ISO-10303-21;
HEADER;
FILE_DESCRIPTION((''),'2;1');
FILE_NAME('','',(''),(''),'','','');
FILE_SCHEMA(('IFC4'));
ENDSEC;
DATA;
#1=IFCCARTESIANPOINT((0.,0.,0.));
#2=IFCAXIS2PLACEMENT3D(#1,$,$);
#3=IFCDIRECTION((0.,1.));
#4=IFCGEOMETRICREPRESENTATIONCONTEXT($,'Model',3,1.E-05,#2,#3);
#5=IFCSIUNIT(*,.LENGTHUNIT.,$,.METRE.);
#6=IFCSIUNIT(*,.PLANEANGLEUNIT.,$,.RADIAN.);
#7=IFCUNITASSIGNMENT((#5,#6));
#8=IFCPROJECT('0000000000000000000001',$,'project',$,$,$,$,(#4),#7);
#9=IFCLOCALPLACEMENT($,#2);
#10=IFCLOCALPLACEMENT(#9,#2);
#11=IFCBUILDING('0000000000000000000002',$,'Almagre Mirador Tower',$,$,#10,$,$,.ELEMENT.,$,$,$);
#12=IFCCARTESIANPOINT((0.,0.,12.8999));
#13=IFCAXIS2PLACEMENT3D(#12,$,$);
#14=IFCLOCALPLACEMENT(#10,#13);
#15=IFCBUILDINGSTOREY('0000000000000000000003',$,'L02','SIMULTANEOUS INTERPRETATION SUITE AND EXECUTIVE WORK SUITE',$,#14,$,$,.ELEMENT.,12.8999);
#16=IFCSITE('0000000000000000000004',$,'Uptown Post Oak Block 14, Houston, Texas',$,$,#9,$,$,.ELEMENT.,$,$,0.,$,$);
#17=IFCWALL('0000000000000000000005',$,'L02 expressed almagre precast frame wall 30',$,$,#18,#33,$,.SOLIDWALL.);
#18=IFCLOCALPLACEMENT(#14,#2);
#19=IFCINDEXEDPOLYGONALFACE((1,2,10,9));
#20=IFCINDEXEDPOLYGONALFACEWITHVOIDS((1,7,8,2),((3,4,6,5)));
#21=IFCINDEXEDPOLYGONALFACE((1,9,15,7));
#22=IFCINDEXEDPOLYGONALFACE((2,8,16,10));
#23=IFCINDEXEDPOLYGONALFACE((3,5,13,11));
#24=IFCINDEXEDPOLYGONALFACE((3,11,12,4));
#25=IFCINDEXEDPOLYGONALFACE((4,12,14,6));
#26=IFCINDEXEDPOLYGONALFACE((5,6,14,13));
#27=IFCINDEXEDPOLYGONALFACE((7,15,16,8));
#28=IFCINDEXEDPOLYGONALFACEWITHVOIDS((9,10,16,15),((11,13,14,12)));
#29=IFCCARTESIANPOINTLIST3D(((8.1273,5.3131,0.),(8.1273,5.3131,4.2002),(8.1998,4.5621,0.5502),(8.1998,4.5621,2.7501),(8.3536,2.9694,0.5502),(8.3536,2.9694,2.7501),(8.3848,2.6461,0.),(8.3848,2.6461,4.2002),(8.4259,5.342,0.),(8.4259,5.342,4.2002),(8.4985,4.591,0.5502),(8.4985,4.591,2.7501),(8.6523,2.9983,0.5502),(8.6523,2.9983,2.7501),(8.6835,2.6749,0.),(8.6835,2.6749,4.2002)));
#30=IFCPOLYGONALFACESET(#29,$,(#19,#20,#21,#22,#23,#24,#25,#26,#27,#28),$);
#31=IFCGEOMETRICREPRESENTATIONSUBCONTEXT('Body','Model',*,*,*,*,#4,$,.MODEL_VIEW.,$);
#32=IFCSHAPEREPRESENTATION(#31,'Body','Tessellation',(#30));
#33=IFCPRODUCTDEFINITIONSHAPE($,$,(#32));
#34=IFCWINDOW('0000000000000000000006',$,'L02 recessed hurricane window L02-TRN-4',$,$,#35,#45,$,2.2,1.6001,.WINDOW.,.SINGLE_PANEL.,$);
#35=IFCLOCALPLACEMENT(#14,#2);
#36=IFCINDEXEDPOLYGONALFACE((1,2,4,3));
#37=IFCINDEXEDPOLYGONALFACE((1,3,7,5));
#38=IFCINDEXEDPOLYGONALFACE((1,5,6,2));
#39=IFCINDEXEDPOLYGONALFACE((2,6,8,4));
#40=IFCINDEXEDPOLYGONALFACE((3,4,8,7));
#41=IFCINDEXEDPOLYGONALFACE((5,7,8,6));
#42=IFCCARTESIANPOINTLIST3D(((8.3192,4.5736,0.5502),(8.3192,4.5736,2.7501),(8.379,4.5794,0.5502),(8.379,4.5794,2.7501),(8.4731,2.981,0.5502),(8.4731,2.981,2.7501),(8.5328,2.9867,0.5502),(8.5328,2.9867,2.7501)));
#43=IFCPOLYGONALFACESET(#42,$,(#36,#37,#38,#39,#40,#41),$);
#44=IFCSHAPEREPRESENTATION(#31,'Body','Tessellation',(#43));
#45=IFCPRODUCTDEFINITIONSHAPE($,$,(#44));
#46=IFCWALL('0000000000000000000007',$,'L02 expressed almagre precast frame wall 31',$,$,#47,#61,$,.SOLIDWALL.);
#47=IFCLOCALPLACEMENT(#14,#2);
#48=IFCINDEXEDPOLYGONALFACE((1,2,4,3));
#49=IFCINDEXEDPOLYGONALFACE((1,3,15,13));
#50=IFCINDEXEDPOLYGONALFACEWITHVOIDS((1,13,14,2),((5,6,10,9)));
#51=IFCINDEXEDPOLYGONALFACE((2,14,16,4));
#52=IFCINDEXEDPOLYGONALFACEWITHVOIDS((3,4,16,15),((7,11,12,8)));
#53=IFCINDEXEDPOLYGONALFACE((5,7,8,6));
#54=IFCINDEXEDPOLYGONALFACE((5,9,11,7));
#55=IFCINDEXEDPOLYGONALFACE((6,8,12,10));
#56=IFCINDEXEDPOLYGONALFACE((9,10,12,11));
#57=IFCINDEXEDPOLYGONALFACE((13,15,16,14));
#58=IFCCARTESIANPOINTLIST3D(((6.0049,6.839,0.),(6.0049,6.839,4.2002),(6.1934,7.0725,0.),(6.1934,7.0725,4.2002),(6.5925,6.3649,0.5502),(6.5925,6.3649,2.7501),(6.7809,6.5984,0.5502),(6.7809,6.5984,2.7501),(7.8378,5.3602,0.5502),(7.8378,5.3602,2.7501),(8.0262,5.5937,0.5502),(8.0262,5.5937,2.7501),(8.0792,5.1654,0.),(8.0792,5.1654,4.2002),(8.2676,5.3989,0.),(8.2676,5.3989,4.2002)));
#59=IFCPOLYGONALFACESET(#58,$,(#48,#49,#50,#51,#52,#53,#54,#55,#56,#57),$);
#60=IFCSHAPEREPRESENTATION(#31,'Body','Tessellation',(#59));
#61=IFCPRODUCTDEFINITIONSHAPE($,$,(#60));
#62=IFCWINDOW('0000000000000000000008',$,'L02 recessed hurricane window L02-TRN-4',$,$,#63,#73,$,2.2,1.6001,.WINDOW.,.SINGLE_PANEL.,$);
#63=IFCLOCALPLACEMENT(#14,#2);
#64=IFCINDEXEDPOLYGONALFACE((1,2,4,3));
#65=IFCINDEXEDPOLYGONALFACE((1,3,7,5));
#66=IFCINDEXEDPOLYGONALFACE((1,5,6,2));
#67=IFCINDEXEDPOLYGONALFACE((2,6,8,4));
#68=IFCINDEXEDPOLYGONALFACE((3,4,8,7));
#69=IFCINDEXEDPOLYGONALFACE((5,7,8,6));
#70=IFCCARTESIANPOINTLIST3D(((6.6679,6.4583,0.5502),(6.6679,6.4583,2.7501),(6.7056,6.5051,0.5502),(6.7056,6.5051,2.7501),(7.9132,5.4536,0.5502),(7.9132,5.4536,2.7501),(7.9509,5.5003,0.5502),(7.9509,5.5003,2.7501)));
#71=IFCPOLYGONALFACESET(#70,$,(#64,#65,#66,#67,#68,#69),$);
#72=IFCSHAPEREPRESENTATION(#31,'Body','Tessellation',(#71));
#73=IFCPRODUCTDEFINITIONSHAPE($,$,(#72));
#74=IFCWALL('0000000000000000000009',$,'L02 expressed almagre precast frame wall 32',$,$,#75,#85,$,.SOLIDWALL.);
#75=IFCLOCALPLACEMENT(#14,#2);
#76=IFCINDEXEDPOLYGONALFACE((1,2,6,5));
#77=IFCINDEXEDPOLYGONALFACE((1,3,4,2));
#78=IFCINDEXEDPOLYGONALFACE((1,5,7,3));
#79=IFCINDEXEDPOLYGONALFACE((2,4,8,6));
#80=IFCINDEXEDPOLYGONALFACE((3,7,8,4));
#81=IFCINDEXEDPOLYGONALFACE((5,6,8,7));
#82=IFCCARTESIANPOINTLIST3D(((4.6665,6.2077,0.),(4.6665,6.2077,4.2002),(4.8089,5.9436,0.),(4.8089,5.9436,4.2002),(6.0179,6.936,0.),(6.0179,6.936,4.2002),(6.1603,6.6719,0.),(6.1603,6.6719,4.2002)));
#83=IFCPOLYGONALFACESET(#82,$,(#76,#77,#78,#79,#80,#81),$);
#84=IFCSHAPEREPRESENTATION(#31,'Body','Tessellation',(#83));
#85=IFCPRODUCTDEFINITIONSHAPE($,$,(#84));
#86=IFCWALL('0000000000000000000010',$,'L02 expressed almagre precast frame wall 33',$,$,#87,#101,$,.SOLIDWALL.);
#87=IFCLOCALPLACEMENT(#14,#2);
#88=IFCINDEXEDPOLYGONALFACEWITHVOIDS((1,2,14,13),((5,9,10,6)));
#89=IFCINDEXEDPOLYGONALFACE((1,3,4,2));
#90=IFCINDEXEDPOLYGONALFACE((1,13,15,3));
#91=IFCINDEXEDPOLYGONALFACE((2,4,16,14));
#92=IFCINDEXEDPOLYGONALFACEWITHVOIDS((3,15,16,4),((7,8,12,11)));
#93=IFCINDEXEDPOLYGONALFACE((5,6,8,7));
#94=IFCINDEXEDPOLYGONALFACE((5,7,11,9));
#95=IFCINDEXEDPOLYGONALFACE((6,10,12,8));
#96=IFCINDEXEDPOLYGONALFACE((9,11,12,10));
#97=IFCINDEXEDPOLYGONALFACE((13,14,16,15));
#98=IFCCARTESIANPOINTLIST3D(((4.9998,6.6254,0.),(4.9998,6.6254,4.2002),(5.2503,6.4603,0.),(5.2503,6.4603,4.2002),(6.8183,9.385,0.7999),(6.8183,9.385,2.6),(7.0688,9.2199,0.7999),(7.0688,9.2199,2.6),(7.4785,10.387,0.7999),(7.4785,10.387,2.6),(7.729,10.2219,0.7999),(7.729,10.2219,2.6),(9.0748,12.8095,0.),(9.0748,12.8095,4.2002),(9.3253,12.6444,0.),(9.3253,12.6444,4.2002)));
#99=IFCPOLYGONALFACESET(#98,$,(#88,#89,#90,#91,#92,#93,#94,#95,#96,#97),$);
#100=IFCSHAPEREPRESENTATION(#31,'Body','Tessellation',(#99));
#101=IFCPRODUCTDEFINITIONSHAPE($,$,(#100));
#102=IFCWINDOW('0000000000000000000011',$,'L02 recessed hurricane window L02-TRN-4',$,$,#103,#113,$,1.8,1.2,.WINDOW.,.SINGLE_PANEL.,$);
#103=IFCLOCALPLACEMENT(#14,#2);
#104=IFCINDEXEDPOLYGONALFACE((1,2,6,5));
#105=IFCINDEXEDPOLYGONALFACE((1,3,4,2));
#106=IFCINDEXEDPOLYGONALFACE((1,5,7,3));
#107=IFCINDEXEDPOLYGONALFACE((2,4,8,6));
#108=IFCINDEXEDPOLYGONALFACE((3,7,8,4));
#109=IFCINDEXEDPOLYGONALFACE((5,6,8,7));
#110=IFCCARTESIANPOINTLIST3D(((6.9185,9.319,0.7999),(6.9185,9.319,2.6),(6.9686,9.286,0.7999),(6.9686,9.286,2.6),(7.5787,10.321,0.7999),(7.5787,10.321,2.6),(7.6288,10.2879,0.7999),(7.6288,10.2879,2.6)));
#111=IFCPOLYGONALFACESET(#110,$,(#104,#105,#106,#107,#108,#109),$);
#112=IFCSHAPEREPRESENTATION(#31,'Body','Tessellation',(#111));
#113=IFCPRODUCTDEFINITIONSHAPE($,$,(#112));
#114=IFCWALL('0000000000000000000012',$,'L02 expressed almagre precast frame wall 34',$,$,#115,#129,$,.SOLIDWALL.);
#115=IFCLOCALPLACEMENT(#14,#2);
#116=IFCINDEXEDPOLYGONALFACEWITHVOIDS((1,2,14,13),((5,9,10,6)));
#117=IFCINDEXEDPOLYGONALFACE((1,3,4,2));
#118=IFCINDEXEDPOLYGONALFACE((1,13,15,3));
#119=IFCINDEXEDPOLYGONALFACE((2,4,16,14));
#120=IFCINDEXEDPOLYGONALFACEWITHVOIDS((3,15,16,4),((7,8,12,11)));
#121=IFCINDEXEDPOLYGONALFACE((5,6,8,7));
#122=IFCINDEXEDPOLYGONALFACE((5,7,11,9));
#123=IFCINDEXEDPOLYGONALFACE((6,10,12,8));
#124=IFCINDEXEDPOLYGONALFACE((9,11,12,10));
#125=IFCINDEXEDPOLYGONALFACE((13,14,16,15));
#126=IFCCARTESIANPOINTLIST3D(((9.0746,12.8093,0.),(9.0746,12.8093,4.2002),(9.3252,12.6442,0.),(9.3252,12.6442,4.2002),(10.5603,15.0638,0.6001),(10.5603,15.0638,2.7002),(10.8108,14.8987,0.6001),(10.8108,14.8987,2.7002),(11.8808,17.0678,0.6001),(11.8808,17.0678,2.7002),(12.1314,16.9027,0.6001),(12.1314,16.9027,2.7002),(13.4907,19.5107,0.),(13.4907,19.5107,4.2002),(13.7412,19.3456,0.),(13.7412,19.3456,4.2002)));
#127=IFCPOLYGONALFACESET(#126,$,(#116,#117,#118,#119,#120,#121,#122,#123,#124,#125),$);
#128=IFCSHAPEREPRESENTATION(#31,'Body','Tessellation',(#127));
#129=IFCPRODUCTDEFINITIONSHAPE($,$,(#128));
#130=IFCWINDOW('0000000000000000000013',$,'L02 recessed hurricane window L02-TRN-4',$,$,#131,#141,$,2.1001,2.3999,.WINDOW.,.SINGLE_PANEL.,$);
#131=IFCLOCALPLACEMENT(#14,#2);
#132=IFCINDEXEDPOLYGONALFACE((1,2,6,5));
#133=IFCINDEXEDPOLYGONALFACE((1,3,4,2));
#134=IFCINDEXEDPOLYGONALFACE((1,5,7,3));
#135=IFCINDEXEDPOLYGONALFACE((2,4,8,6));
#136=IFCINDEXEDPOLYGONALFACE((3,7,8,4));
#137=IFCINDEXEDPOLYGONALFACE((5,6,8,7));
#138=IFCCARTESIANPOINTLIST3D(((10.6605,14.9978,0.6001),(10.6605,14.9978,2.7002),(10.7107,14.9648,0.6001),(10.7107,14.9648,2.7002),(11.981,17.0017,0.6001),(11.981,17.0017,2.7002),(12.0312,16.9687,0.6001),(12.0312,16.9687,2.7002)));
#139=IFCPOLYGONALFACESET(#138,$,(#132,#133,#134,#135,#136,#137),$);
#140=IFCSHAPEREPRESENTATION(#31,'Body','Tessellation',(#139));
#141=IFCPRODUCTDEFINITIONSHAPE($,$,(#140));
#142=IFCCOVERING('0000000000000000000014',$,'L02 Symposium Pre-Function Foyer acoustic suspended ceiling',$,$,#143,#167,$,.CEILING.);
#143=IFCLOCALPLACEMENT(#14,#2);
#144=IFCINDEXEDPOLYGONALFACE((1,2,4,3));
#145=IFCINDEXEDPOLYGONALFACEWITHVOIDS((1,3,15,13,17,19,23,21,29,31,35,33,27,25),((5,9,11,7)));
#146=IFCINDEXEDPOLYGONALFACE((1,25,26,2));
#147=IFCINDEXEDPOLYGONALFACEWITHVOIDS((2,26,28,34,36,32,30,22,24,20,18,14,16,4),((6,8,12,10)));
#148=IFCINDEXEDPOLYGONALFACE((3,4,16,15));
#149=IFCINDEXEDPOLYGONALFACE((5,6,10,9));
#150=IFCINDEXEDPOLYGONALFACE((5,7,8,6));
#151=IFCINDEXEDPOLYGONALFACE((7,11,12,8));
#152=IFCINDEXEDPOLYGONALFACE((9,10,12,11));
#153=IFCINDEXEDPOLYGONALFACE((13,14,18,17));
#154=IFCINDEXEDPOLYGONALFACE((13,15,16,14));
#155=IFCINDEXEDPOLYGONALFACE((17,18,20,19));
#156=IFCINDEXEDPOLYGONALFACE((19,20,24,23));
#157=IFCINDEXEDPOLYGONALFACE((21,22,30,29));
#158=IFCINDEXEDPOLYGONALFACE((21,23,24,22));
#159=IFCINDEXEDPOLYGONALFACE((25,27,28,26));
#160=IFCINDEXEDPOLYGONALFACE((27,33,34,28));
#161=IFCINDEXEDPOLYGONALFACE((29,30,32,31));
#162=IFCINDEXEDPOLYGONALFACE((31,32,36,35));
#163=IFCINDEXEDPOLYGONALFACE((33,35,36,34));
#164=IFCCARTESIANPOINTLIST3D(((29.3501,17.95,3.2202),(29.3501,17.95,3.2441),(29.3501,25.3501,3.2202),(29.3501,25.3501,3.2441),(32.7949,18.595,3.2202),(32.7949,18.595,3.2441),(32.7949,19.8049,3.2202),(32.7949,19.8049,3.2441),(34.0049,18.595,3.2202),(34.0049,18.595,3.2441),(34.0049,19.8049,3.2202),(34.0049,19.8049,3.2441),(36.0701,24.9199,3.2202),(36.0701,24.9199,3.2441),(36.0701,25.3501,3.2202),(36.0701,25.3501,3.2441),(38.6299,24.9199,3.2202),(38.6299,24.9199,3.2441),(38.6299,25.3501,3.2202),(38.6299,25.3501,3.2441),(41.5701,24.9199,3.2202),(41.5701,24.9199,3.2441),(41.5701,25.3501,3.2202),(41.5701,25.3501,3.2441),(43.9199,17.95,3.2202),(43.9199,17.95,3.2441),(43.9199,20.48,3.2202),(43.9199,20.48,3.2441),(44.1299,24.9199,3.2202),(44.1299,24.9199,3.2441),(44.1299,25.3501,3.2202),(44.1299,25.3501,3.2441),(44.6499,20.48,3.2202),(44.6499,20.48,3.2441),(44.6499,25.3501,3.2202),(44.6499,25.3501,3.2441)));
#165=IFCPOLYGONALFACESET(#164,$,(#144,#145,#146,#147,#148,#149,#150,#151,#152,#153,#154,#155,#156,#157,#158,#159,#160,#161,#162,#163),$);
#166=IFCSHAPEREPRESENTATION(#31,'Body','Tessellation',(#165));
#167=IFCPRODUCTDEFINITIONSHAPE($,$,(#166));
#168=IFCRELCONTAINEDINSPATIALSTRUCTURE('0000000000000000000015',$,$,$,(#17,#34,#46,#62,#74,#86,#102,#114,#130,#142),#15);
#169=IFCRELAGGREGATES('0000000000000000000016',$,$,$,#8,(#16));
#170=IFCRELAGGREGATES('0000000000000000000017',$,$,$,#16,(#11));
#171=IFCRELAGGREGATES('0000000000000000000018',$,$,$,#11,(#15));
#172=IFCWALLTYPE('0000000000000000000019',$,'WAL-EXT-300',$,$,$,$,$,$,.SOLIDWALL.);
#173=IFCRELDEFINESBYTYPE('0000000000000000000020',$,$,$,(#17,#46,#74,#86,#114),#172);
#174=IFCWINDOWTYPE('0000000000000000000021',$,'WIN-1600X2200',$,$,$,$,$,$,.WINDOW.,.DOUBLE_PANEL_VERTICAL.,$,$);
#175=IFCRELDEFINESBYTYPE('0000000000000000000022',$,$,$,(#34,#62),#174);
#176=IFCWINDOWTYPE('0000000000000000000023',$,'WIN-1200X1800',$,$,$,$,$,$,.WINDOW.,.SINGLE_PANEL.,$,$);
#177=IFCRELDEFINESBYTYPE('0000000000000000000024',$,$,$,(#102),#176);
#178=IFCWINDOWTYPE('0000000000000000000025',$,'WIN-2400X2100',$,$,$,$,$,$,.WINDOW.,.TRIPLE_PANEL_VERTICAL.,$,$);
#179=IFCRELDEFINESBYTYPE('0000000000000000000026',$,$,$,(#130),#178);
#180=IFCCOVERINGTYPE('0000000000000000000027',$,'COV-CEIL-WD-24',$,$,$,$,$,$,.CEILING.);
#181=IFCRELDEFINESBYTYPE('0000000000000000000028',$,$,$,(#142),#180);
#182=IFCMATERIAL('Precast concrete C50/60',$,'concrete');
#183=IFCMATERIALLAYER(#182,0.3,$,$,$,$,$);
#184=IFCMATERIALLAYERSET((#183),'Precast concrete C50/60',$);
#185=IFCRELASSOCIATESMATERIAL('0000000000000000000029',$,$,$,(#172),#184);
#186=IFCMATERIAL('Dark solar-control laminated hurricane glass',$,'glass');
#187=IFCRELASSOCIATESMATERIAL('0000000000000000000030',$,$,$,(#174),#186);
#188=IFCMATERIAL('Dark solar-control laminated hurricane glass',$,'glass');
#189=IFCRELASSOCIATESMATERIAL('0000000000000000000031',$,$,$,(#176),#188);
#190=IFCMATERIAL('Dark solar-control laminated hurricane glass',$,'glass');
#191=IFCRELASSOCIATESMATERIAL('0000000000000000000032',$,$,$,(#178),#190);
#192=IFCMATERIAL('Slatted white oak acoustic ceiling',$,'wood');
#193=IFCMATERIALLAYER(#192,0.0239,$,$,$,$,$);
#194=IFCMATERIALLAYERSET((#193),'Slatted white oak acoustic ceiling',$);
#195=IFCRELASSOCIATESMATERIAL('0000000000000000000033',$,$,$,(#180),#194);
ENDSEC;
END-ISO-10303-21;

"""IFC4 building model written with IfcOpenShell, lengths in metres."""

from ifc_helpers import new_model, si_unit, direction, frame, frame_2d, origin, place, context, subcontext, project, spatial, polyline, rectangle, outline, extrude, material, layer, layer_set, type_object, element, fill, save


model = new_model("IFC4")

# Units and contexts
model_context = context("Model", 3, precision=1e-05, world=origin(), true_north=direction((0.0, 1.0)))
body_context = subcontext(model_context, "Body", "Model", "MODEL_VIEW")
ifc_project = project(units=[si_unit("LENGTHUNIT", "METRE"), si_unit("PLANEANGLEUNIT", "RADIAN")], contexts=[model_context])

# Site, building, storey
site_placement = place(None, origin())
site = spatial("IfcSite", under=ifc_project, at=site_placement, Name="Uptown Post Oak Block 14, Houston, Texas", CompositionType="ELEMENT", RefElevation=0.0)
building_placement = place(site_placement, origin())
building = spatial("IfcBuilding", under=site, at=building_placement, Name="Almagre Mirador Tower", CompositionType="ELEMENT")
storey_placement = place(building_placement, frame((0.0, 0.0, 12.8999)))
storey = spatial("IfcBuildingStorey", under=building, at=storey_placement, Name="L02", Description="SIMULTANEOUS INTERPRETATION SUITE AND EXECUTIVE WORK SUITE", CompositionType="ELEMENT", Elevation=12.8999)

# Shared definitions
ifc_material_1 = material(Name="Precast concrete C50/60", Category="concrete")
ifc_layer_1 = layer(ifc_material_1, 0.3)
ifc_layer_set_1 = layer_set([ifc_layer_1], Name="Precast concrete C50/60")
wall_type = type_object("IfcWallType", Name="WAL-EXT-300", PredefinedType="SOLIDWALL", material=ifc_layer_set_1)

# Walls, openings, windows
wall_1_placement = place(storey_placement, frame((8.5342, 2.6604, 0.0), z_axis=(0.0, 0.0, 1.0), x_axis=(-0.096129, 0.995369, 0.0)))
wall_1 = element("IfcWall", 1, at=wall_1_placement, inside=storey, type_object=wall_type, Name="L02 expressed almagre precast frame wall 30", PredefinedType="SOLIDWALL", context=body_context, shape_type="SweptSolid", body=[
    extrude(rectangle(XDim=2.6794, YDim=0.3, at=frame_2d((1.3398, 0.0))), origin(), (0.0, 0.0, 1.0), 4.2002),
])
opening_1_placement = place(wall_1_placement, frame((0.325, 0.0, 0.55)))
opening_1 = element("IfcOpeningElement", 2, at=opening_1_placement, cuts=wall_1, PredefinedType="OPENING", context=body_context, shape_type="SweptSolid", body=[
    extrude(rectangle(XDim=1.6001, YDim=2.2, at=frame_2d((0.8, 1.1001))), frame((0.0, 0.1599, 0.0), z_axis=(0.0, -1.0, 0.0), x_axis=(1.0, 0.0, 0.0)), (0.0, 0.0, 1.0), 0.32),
])
ifc_material_2 = material(Name="Dark solar-control laminated hurricane glass", Category="glass")
window_type_1 = type_object("IfcWindowType", Name="WIN-1600X2200", PartitioningType="DOUBLE_PANEL_VERTICAL", PredefinedType="WINDOW", material=ifc_material_2)
window_1_placement = place(opening_1_placement, origin())
window_1 = element("IfcWindow", 3, at=window_1_placement, inside=storey, type_object=window_type_1, Name="L02 recessed hurricane window L02-TRN-4", OverallHeight=2.2, OverallWidth=1.6001, PartitioningType="SINGLE_PANEL", PredefinedType="WINDOW", context=body_context, shape_type="SweptSolid", body=[
    extrude(rectangle(XDim=1.6001, YDim=2.2, at=frame_2d((0.8, 1.1001))), frame((0.0, 0.03, 0.0), z_axis=(0.0, -1.0, 0.0), x_axis=(1.0, 0.0, 0.0)), (0.0, 0.0, 1.0), 0.0601),
])
fill(opening_1, window_1)
wall_2_placement = place(storey_placement, frame((8.1733, 5.2822, 0.0), z_axis=(0.0, 0.0, 1.0), x_axis=(-0.778261, 0.62794, 0.0)))
wall_2 = element("IfcWall", 4, at=wall_2_placement, inside=storey, type_object=wall_type, Name="L02 expressed almagre precast frame wall 31", PredefinedType="SOLIDWALL", context=body_context, shape_type="SweptSolid", body=[
    extrude(rectangle(XDim=2.6653, YDim=0.3, at=frame_2d((1.3325, 0.0))), origin(), (0.0, 0.0, 1.0), 4.2002),
])
opening_2_placement = place(wall_2_placement, frame((0.3101, 0.0, 0.55)))
opening_2 = element("IfcOpeningElement", 5, at=opening_2_placement, cuts=wall_2, PredefinedType="OPENING", context=body_context, shape_type="SweptSolid", body=[
    extrude(rectangle(XDim=1.6001, YDim=2.2, at=frame_2d((0.8, 1.1001))), frame((0.0, 0.1599, 0.0), z_axis=(0.0, -1.0, 0.0), x_axis=(1.0, 0.0, 0.0)), (0.0, 0.0, 1.0), 0.32),
])
window_2_placement = place(opening_2_placement, origin())
window_2 = element("IfcWindow", 6, at=window_2_placement, inside=storey, type_object=window_type_1, Name="L02 recessed hurricane window L02-TRN-4", OverallHeight=2.2, OverallWidth=1.6001, PartitioningType="SINGLE_PANEL", PredefinedType="WINDOW", context=body_context, shape_type="SweptSolid", body=[
    extrude(rectangle(XDim=1.6001, YDim=2.2, at=frame_2d((0.8, 1.1001))), frame((0.0, 0.03, 0.0), z_axis=(0.0, -1.0, 0.0), x_axis=(1.0, 0.0, 0.0)), (0.0, 0.0, 1.0), 0.0601),
])
fill(opening_2, window_2)

# Wall
wall_3_placement = place(storey_placement, frame((6.0891, 6.804, 0.0), z_axis=(0.0, 0.0, 1.0), x_axis=(-0.880297, -0.474422, 0.0)))
element("IfcWall", 7, at=wall_3_placement, inside=storey, type_object=wall_type, Name="L02 expressed almagre precast frame wall 32", PredefinedType="SOLIDWALL", context=body_context, shape_type="SweptSolid", body=[
    extrude(rectangle(XDim=1.5352, YDim=0.3, at=frame_2d((0.7676, 0.0))), origin(), (0.0, 0.0, 1.0), 4.2002),
])

# Walls, openings, windows
wall_4_placement = place(storey_placement, frame((5.125, 6.5427, 0.0), z_axis=(0.0, 0.0, 1.0), x_axis=(0.550227, 0.835015, 0.0)))
wall_4 = element("IfcWall", 8, at=wall_4_placement, inside=storey, type_object=wall_type, Name="L02 expressed almagre precast frame wall 33", PredefinedType="SOLIDWALL", context=body_context, shape_type="SweptSolid", body=[
    extrude(rectangle(XDim=7.406, YDim=0.3, at=frame_2d((3.7031, 0.0))), origin(), (0.0, 0.0, 1.0), 4.2002),
])
opening_3_placement = place(wall_4_placement, frame((3.3049, 0.0, 0.8)))
opening_3 = element("IfcOpeningElement", 9, at=opening_3_placement, cuts=wall_4, PredefinedType="OPENING", context=body_context, shape_type="SweptSolid", body=[
    extrude(rectangle(XDim=1.2, YDim=1.8, at=frame_2d((0.6001, 0.8999))), frame((0.0, 0.1599, 0.0), z_axis=(0.0, -1.0, 0.0), x_axis=(1.0, 0.0, 0.0)), (0.0, 0.0, 1.0), 0.32),
])
ifc_material_3 = material(Name="Dark solar-control laminated hurricane glass", Category="glass")
window_type_2 = type_object("IfcWindowType", Name="WIN-1200X1800", PartitioningType="SINGLE_PANEL", PredefinedType="WINDOW", material=ifc_material_3)
window_3_placement = place(opening_3_placement, origin())
window_3 = element("IfcWindow", 10, at=window_3_placement, inside=storey, type_object=window_type_2, Name="L02 recessed hurricane window L02-TRN-4", OverallHeight=1.8, OverallWidth=1.2, PartitioningType="SINGLE_PANEL", PredefinedType="WINDOW", context=body_context, shape_type="SweptSolid", body=[
    extrude(rectangle(XDim=1.2, YDim=1.8, at=frame_2d((0.6001, 0.8999))), frame((0.0, 0.03, 0.0), z_axis=(0.0, -1.0, 0.0), x_axis=(1.0, 0.0, 0.0)), (0.0, 0.0, 1.0), 0.0601),
])
fill(opening_3, window_3)
wall_5_placement = place(storey_placement, frame((9.2, 12.7268, 0.0), z_axis=(0.0, 0.0, 1.0), x_axis=(0.550242, 0.835006, 0.0)))
wall_5 = element("IfcWall", 11, at=wall_5_placement, inside=storey, type_object=wall_type, Name="L02 expressed almagre precast frame wall 34", PredefinedType="SOLIDWALL", context=body_context, shape_type="SweptSolid", body=[
    extrude(rectangle(XDim=8.0256, YDim=0.3, at=frame_2d((4.0127, 0.0))), origin(), (0.0, 0.0, 1.0), 4.2002),
])
opening_4_placement = place(wall_5_placement, frame((2.7, 0.0, 0.6001)))
opening_4 = element("IfcOpeningElement", 12, at=opening_4_placement, cuts=wall_5, PredefinedType="OPENING", context=body_context, shape_type="SweptSolid", body=[
    extrude(rectangle(XDim=2.3999, YDim=2.1001, at=frame_2d((1.2, 1.05))), frame((0.0, 0.1599, 0.0), z_axis=(0.0, -1.0, 0.0), x_axis=(1.0, 0.0, 0.0)), (0.0, 0.0, 1.0), 0.32),
])
ifc_material_4 = material(Name="Dark solar-control laminated hurricane glass", Category="glass")
window_type_3 = type_object("IfcWindowType", Name="WIN-2400X2100", PartitioningType="TRIPLE_PANEL_VERTICAL", PredefinedType="WINDOW", material=ifc_material_4)
window_4_placement = place(opening_4_placement, origin())
window_4 = element("IfcWindow", 13, at=window_4_placement, inside=storey, type_object=window_type_3, Name="L02 recessed hurricane window L02-TRN-4", OverallHeight=2.1001, OverallWidth=2.3999, PartitioningType="SINGLE_PANEL", PredefinedType="WINDOW", context=body_context, shape_type="SweptSolid", body=[
    extrude(rectangle(XDim=2.3999, YDim=2.1001, at=frame_2d((1.2, 1.05))), frame((0.0, 0.03, 0.0), z_axis=(0.0, -1.0, 0.0), x_axis=(1.0, 0.0, 0.0)), (0.0, 0.0, 1.0), 0.0601),
])
fill(opening_4, window_4)

# Covering
ifc_material_5 = material(Name="Slatted white oak acoustic ceiling", Category="wood")
ifc_layer_2 = layer(ifc_material_5, 0.0239)
ifc_layer_set_2 = layer_set([ifc_layer_2], Name="Slatted white oak acoustic ceiling")
covering_type_1 = type_object("IfcCoveringType", Name="COV-CEIL-WD-24", PredefinedType="CEILING", material=ifc_layer_set_2)
covering_1_placement = place(storey_placement, frame((0.0, 0.0, 3.2202)))
element("IfcCovering", 14, at=covering_1_placement, inside=storey, type_object=covering_type_1, Name="L02 Symposium Pre-Function Foyer acoustic suspended ceiling", PredefinedType="CEILING", context=body_context, shape_type="SweptSolid", body=[
    extrude(outline(polyline([(29.3501, 25.3501), (36.0701, 25.3501), (36.0701, 24.9199), (38.6299, 24.9199), (38.6299, 25.3501), (41.5701, 25.3501), (41.5701, 24.9199), (44.1299, 24.9199), (44.1299, 25.3501), (44.6499, 25.3501), (44.6499, 20.48), (43.9199, 20.48), (43.9199, 17.95), (29.3501, 17.95), (29.3501, 25.3501)]), holes=[polyline([(34.0049, 18.595), (32.7949, 18.595), (32.7949, 19.8049), (34.0049, 19.8049), (34.0049, 18.595)])]), origin(), (0.0, 0.0, 1.0), 0.0239),
])

save(model, "model.ifc")
